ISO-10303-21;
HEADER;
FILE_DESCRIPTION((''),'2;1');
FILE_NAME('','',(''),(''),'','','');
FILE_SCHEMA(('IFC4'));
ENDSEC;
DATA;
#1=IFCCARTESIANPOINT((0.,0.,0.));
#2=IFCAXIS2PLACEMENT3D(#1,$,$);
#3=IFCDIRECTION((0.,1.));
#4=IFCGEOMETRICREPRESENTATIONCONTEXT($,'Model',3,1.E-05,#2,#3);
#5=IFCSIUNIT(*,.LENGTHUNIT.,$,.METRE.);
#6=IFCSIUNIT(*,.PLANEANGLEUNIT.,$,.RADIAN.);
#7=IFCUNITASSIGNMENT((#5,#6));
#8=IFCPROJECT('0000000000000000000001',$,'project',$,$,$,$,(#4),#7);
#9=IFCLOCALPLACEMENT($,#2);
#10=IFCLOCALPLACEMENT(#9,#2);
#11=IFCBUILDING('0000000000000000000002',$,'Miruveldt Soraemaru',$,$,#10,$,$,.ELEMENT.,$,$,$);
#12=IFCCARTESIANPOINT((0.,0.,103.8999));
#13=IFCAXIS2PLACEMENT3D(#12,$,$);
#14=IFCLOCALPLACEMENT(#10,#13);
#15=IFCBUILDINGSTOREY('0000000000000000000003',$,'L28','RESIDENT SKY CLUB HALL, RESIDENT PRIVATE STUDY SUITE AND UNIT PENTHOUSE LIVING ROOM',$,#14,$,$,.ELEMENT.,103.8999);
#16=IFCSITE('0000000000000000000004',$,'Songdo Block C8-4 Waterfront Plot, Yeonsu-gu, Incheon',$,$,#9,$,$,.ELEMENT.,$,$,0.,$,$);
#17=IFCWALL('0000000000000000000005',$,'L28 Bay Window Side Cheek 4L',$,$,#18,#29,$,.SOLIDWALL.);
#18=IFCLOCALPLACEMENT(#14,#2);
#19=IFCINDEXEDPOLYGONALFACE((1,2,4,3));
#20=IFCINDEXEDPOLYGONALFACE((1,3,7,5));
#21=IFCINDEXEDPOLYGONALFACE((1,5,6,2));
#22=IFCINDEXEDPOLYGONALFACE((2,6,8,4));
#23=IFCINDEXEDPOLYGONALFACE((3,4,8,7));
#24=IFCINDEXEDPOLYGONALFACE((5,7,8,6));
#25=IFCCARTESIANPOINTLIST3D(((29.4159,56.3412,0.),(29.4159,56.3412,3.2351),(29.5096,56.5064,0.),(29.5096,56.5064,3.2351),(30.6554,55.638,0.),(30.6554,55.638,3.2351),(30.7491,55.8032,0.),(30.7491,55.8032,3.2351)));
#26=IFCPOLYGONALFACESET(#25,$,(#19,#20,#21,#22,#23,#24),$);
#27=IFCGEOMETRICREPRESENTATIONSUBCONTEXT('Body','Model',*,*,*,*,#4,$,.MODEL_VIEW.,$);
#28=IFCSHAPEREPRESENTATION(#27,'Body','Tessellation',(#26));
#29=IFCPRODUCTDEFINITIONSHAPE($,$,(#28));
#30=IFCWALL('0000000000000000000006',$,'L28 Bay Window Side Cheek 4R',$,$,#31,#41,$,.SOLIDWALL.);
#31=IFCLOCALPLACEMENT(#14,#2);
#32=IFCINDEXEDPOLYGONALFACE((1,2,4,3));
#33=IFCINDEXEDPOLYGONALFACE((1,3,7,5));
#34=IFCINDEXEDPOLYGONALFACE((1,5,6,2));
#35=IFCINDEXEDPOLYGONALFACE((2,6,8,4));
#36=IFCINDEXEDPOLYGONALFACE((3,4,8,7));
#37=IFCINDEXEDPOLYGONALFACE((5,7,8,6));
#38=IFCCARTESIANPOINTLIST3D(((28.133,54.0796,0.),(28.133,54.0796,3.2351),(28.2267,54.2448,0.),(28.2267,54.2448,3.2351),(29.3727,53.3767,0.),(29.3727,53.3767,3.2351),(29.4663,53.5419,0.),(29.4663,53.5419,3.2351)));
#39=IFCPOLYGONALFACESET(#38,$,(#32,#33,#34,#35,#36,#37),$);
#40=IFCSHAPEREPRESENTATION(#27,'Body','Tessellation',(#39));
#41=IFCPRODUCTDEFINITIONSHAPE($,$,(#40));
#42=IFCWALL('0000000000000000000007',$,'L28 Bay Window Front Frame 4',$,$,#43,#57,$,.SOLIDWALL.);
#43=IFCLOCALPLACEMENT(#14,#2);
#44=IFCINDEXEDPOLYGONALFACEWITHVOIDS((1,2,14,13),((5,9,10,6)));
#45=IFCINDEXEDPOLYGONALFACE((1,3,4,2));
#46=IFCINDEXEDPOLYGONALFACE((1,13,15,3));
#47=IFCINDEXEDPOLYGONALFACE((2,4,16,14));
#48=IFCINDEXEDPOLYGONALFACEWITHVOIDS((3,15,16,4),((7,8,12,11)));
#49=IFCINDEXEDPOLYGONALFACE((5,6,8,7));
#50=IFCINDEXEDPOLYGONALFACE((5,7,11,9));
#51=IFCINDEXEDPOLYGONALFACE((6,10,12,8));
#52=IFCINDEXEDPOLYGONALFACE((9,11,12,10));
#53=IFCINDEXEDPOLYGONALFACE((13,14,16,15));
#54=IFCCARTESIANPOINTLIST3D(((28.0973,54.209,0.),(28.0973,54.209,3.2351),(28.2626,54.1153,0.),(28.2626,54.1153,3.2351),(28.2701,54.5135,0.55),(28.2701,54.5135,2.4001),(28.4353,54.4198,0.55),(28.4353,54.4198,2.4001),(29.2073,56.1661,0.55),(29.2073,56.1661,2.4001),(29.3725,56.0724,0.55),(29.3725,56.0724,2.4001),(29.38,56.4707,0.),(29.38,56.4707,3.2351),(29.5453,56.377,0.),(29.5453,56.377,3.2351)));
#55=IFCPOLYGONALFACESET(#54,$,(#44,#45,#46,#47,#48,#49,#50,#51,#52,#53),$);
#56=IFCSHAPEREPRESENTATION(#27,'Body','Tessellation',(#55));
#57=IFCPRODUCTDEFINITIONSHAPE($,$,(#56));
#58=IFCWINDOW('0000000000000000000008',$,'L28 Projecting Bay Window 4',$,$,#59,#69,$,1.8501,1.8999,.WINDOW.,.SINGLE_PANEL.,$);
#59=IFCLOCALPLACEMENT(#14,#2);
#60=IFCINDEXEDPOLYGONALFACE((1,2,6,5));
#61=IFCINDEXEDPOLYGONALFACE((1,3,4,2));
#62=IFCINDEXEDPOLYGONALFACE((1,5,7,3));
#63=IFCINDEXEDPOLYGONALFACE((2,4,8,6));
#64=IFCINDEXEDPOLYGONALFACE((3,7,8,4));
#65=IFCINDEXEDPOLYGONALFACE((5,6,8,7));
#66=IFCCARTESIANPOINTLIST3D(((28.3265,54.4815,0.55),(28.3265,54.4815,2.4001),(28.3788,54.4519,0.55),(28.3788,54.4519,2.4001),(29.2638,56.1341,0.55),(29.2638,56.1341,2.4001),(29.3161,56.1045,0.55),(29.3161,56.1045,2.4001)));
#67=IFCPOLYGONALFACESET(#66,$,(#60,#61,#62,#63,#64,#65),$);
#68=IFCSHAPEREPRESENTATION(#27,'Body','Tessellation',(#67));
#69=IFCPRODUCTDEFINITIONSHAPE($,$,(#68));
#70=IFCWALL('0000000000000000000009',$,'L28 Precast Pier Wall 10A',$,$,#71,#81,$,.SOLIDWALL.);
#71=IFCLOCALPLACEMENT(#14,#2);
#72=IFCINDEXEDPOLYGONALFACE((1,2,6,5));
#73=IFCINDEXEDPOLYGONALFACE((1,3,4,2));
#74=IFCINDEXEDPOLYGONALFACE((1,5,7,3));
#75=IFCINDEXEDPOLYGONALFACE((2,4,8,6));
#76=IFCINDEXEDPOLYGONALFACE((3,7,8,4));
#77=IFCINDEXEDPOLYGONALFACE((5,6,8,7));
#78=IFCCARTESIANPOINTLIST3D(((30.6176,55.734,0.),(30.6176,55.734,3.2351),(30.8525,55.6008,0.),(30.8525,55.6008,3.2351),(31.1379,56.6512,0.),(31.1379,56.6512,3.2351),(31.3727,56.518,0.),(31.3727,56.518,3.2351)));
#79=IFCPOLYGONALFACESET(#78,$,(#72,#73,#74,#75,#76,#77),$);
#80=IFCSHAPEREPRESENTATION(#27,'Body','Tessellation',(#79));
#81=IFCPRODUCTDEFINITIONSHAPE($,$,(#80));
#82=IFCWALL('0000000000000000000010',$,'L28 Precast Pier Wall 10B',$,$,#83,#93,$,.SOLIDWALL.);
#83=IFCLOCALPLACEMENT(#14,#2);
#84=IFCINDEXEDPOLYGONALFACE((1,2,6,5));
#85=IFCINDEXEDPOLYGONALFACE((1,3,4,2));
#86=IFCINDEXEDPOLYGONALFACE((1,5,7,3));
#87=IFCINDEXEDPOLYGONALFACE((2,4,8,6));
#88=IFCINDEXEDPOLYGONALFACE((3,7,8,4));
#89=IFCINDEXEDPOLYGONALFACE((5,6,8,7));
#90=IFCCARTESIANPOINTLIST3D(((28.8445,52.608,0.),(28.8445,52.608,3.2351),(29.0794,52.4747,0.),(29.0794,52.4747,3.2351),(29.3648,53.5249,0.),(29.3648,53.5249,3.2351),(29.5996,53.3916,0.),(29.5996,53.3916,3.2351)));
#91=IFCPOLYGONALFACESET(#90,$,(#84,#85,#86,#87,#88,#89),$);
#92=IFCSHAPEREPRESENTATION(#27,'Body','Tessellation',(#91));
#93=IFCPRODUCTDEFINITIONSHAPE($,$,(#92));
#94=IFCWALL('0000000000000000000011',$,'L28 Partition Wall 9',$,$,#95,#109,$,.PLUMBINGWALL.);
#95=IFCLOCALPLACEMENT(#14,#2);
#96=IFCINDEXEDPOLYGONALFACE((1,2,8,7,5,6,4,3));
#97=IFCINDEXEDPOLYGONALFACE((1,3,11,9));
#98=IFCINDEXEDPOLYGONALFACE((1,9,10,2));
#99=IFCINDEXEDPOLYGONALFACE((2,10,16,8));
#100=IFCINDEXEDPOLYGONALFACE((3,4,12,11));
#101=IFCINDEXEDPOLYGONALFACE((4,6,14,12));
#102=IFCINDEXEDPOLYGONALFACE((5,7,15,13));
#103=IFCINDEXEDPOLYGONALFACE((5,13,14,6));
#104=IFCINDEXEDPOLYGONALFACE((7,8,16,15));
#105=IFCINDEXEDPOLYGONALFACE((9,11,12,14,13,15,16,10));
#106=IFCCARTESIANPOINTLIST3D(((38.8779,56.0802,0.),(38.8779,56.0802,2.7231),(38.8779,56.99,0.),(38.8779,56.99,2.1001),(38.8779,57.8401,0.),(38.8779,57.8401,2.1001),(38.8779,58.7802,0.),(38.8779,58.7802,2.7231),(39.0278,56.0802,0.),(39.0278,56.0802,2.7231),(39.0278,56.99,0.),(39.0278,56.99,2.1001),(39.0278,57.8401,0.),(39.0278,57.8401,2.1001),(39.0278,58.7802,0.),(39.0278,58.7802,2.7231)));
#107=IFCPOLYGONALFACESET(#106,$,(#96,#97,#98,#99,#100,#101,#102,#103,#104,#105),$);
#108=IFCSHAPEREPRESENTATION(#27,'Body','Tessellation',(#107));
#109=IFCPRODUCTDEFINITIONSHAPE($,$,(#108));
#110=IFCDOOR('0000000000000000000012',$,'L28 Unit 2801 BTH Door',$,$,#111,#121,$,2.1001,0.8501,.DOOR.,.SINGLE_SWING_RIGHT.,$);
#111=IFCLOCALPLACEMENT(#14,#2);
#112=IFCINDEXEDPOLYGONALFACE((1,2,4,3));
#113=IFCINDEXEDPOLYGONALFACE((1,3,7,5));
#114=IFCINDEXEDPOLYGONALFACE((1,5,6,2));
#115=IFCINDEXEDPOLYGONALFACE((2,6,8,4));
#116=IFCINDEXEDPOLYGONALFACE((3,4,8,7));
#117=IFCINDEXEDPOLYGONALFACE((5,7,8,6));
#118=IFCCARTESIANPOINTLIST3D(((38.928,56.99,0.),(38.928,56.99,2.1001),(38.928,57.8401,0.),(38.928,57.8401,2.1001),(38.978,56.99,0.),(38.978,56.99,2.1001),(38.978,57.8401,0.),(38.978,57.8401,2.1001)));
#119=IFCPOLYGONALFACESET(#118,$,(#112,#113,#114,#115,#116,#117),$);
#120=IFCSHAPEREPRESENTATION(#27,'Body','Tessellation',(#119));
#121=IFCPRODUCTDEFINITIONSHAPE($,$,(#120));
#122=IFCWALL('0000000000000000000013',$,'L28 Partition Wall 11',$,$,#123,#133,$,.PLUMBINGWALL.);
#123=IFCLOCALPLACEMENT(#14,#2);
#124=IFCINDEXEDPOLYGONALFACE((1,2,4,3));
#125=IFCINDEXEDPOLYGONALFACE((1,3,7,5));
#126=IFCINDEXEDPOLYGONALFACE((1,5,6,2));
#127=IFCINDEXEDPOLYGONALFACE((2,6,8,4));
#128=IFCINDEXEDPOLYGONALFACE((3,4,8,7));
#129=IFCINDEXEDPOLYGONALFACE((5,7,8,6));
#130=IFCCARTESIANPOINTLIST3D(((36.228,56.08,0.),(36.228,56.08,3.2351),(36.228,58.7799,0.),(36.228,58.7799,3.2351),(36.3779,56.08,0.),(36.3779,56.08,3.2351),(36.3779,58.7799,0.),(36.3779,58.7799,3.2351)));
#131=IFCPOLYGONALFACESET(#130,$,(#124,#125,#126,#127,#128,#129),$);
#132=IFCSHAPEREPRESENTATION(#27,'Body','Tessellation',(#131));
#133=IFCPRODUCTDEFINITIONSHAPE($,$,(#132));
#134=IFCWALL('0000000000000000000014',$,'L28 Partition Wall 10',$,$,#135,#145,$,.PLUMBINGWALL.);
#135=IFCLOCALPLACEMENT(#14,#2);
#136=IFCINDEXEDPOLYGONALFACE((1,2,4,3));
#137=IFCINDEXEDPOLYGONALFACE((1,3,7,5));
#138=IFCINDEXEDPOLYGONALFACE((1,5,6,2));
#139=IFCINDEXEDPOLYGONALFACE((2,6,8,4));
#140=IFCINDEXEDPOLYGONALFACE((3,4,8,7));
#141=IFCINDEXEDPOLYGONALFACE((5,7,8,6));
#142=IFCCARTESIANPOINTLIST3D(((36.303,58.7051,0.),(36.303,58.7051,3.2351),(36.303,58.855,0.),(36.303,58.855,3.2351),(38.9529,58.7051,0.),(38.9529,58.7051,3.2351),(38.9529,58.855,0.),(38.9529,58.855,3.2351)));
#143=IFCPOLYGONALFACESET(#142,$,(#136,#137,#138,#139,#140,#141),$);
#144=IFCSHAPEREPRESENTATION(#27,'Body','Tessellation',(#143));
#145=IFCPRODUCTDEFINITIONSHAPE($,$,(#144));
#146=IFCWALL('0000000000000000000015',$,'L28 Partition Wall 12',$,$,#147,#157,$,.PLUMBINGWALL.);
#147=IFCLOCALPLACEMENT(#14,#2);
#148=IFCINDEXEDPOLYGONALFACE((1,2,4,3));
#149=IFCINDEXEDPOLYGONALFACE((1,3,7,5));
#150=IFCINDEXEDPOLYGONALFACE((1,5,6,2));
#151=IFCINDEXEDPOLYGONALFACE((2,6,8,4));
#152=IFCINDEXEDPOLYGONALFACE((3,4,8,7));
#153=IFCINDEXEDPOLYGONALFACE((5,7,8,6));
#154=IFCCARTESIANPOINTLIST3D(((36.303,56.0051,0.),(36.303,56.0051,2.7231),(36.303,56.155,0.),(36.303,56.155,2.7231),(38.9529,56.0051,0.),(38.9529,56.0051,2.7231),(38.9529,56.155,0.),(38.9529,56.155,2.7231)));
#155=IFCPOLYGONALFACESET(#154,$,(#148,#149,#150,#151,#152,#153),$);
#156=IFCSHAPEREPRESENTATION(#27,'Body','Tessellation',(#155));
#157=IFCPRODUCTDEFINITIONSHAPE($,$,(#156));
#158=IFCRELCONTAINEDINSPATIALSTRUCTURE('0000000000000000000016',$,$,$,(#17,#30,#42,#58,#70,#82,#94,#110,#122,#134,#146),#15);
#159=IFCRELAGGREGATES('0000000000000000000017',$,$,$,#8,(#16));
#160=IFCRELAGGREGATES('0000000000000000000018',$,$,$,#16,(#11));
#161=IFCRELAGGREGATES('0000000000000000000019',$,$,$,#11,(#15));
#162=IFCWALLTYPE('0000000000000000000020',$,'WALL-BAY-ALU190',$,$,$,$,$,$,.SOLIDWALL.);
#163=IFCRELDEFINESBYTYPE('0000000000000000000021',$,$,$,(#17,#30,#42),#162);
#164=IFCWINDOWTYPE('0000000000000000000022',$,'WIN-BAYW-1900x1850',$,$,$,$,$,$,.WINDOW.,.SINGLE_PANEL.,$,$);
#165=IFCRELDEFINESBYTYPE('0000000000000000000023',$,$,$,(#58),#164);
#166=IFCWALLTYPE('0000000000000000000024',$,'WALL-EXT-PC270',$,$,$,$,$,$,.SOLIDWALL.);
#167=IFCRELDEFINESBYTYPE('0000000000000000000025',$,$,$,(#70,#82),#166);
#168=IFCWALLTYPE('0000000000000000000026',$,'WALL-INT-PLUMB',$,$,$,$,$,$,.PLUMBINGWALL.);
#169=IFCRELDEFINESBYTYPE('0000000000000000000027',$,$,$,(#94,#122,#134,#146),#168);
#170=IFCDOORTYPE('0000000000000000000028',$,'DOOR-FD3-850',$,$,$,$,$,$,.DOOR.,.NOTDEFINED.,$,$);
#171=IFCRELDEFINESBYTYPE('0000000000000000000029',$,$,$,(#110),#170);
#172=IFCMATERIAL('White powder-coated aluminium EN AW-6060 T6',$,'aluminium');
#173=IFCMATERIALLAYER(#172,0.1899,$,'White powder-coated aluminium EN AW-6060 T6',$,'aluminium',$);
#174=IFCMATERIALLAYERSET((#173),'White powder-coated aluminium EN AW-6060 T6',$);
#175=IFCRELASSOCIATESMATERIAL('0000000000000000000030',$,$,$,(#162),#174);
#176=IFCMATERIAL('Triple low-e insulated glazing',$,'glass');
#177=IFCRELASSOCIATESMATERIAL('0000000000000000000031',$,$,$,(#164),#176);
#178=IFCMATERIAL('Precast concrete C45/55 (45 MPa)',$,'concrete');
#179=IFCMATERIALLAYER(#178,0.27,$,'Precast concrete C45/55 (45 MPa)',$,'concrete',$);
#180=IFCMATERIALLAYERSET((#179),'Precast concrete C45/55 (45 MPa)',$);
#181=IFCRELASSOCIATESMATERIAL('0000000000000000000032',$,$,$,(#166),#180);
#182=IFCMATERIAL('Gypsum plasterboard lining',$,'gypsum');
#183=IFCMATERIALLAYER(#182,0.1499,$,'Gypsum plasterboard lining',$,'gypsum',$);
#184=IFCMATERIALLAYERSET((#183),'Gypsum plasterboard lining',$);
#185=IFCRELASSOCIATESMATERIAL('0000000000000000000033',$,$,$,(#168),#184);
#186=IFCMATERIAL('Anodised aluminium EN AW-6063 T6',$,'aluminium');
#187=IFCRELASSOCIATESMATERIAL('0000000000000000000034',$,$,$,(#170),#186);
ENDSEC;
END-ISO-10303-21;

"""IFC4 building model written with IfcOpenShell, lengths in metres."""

from ifc_helpers import new_model, si_unit, direction, frame, frame_2d, origin, place, context, subcontext, project, spatial, rectangle, extrude, material, layer, layer_set, type_object, element, fill, save


model = new_model("IFC4")

# Units and contexts
model_context = context("Model", 3, precision=1e-05, world=origin(), true_north=direction((0.0, 1.0)))
body_context = subcontext(model_context, "Body", "Model", "MODEL_VIEW")
ifc_project = project(units=[si_unit("LENGTHUNIT", "METRE"), si_unit("PLANEANGLEUNIT", "RADIAN")], contexts=[model_context])

# Site, building, storey
site_placement = place(None, origin())
site = spatial("IfcSite", under=ifc_project, at=site_placement, Name="Songdo Block C8-4 Waterfront Plot, Yeonsu-gu, Incheon", CompositionType="ELEMENT", RefElevation=0.0)
building_placement = place(site_placement, origin())
building = spatial("IfcBuilding", under=site, at=building_placement, Name="Miruveldt Soraemaru", CompositionType="ELEMENT")
storey_placement = place(building_placement, frame((0.0, 0.0, 103.8999)))
storey = spatial("IfcBuildingStorey", under=building, at=storey_placement, Name="L28", Description="RESIDENT SKY CLUB HALL, RESIDENT PRIVATE STUDY SUITE AND UNIT PENTHOUSE LIVING ROOM", CompositionType="ELEMENT", Elevation=103.8999)

# Walls
ifc_material_1 = material(Name="White powder-coated aluminium EN AW-6060 T6", Category="aluminium")
ifc_layer_1 = layer(ifc_material_1, 0.1899, Name="White powder-coated aluminium EN AW-6060 T6", Category="aluminium")
ifc_layer_set_1 = layer_set([ifc_layer_1], Name="White powder-coated aluminium EN AW-6060 T6")
wall_type_1 = type_object("IfcWallType", Name="WALL-BAY-ALU190", PredefinedType="SOLIDWALL", material=ifc_layer_set_1)
for number, where, z_axis, x_axis, name in (
    (1, (30.7021, 55.7207, 0.0), (0.0, 0.0, 1.0), (-0.869799, 0.493406, 0.0), "L28 Bay Window Side Cheek 4L"),
    (2, (28.1799, 54.1621, 0.0), (0.0, 0.0, 1.0), (0.869914, -0.493203, 0.0), "L28 Bay Window Side Cheek 4R"),
):
    element("IfcWall", number, at=place(storey_placement, frame(where, z_axis=z_axis, x_axis=x_axis)), inside=storey, type_object=wall_type_1, Name=name, PredefinedType="SOLIDWALL", context=body_context, shape_type="SweptSolid", body=[
        extrude(rectangle(XDim=1.425, YDim=0.1899, at=frame_2d((0.7124, 0.0))), origin(), (0.0, 0.0, 1.0), 3.2351),
    ])

# Wall, opening, window
wall_1_placement = place(storey_placement, frame((29.4626, 56.4238, 0.0), z_axis=(0.0, 0.0, 1.0), x_axis=(-0.493325, -0.869845, 0.0)))
wall_1 = element("IfcWall", 3, at=wall_1_placement, inside=storey, type_object=wall_type_1, Name="L28 Bay Window Front Frame 4", PredefinedType="SOLIDWALL", context=body_context, shape_type="SweptSolid", body=[
    extrude(rectangle(XDim=2.6001, YDim=0.1899, at=frame_2d((1.3, 0.0))), origin(), (0.0, 0.0, 1.0), 3.2351),
])
opening_1_placement = place(wall_1_placement, frame((0.3501, 0.0, 0.55)))
opening_1 = element("IfcOpeningElement", 4, at=opening_1_placement, cuts=wall_1, PredefinedType="OPENING", context=body_context, shape_type="SweptSolid", body=[
    extrude(rectangle(XDim=1.8999, YDim=1.8501, at=frame_2d((0.95, 0.925))), frame((0.0, 0.105, 0.0), z_axis=(0.0, -1.0, 0.0), x_axis=(1.0, 0.0, 0.0)), (0.0, 0.0, 1.0), 0.21),
])
ifc_material_2 = material(Name="Triple low-e insulated glazing", Category="glass")
window_type = type_object("IfcWindowType", Name="WIN-BAYW-1900x1850", PartitioningType="SINGLE_PANEL", PredefinedType="WINDOW", material=ifc_material_2)
window_placement = place(opening_1_placement, origin())
window = element("IfcWindow", 5, at=window_placement, inside=storey, type_object=window_type, Name="L28 Projecting Bay Window 4", OverallHeight=1.8501, OverallWidth=1.8999, PartitioningType="SINGLE_PANEL", PredefinedType="WINDOW", context=body_context, shape_type="SweptSolid", body=[
    extrude(rectangle(XDim=1.8999, YDim=1.8501, at=frame_2d((0.95, 0.925))), frame((0.0, 0.03, 0.0), z_axis=(0.0, -1.0, 0.0), x_axis=(1.0, 0.0, 0.0)), (0.0, 0.0, 1.0), 0.0601),
])
fill(opening_1, window)

# Walls
ifc_material_3 = material(Name="Precast concrete C45/55 (45 MPa)", Category="concrete")
ifc_layer_2 = layer(ifc_material_3, 0.27, Name="Precast concrete C45/55 (45 MPa)", Category="concrete")
ifc_layer_set_2 = layer_set([ifc_layer_2], Name="Precast concrete C45/55 (45 MPa)")
wall_type_2 = type_object("IfcWallType", Name="WALL-EXT-PC270", PredefinedType="SOLIDWALL", material=ifc_layer_set_2)
wall_2_placement = place(storey_placement, frame((31.2554, 56.5847, 0.0), z_axis=(0.0, 0.0, 1.0), x_axis=(-0.493369, -0.86982, 0.0)))
element("IfcWall", 6, at=wall_2_placement, inside=storey, type_object=wall_type_2, Name="L28 Precast Pier Wall 10A", PredefinedType="SOLIDWALL", context=body_context, shape_type="SweptSolid", body=[
    extrude(rectangle(XDim=1.0544, YDim=0.27, at=frame_2d((0.5273, 0.0))), origin(), (0.0, 0.0, 1.0), 3.2351),
])
wall_3_placement = place(storey_placement, frame((29.4822, 53.4583, 0.0), z_axis=(0.0, 0.0, 1.0), x_axis=(-0.493468, -0.869764, 0.0)))
element("IfcWall", 7, at=wall_3_placement, inside=storey, type_object=wall_type_2, Name="L28 Precast Pier Wall 10B", PredefinedType="SOLIDWALL", context=body_context, shape_type="SweptSolid", body=[
    extrude(rectangle(XDim=1.0542, YDim=0.27, at=frame_2d((0.5271, 0.0))), origin(), (0.0, 0.0, 1.0), 3.2351),
])

# Wall, opening, door
ifc_material_4 = material(Name="Gypsum plasterboard lining", Category="gypsum")
ifc_layer_3 = layer(ifc_material_4, 0.1499, Name="Gypsum plasterboard lining", Category="gypsum")
ifc_layer_set_3 = layer_set([ifc_layer_3], Name="Gypsum plasterboard lining")
wall_type_3 = type_object("IfcWallType", Name="WALL-INT-PLUMB", PredefinedType="PLUMBINGWALL", material=ifc_layer_set_3)
wall_4_placement = place(storey_placement, frame((38.9529, 56.0801, 0.0), z_axis=(0.0, 0.0, 1.0), x_axis=(0.0, 1.0, 0.0)))
wall_4 = element("IfcWall", 8, at=wall_4_placement, inside=storey, type_object=wall_type_3, Name="L28 Partition Wall 9", PredefinedType="PLUMBINGWALL", context=body_context, shape_type="SweptSolid", body=[
    extrude(rectangle(XDim=2.7, YDim=0.1499, at=frame_2d((1.3501, 0.0))), origin(), (0.0, 0.0, 1.0), 2.7231),
])
opening_2_placement = place(wall_4_placement, frame((0.9099, 0.0, 0.0)))
opening_2 = element("IfcOpeningElement", 9, at=opening_2_placement, cuts=wall_4, PredefinedType="OPENING", context=body_context, shape_type="SweptSolid", body=[
    extrude(rectangle(XDim=0.8501, YDim=2.1001, at=frame_2d((0.425, 1.05))), frame((0.0, 0.085, 0.0), z_axis=(0.0, -1.0, 0.0), x_axis=(1.0, 0.0, 0.0)), (0.0, 0.0, 1.0), 0.1699),
])
ifc_material_5 = material(Name="Anodised aluminium EN AW-6063 T6", Category="aluminium")
door_type_1 = type_object("IfcDoorType", Name="DOOR-FD3-850", OperationType="NOTDEFINED", PredefinedType="DOOR", material=ifc_material_5)
door_1_placement = place(opening_2_placement, origin())
door_1 = element("IfcDoor", 10, at=door_1_placement, inside=storey, type_object=door_type_1, Name="L28 Unit 2801 BTH Door", OperationType="SINGLE_SWING_RIGHT", OverallHeight=2.1001, OverallWidth=0.8501, PredefinedType="DOOR", context=body_context, shape_type="SweptSolid", body=[
    extrude(rectangle(XDim=0.8501, YDim=2.1001, at=frame_2d((0.425, 1.05))), frame((0.0, 0.0249, 0.0), z_axis=(0.0, -1.0, 0.0), x_axis=(1.0, 0.0, 0.0)), (0.0, 0.0, 1.0), 0.05),
])
fill(opening_2, door_1)

# Walls
wall_5_placement = place(storey_placement, frame((36.303, 58.78, 0.0), z_axis=(0.0, 0.0, 1.0), x_axis=(0.0, -1.0, 0.0)))
element("IfcWall", 11, at=wall_5_placement, inside=storey, type_object=wall_type_3, Name="L28 Partition Wall 11", PredefinedType="PLUMBINGWALL", context=body_context, shape_type="SweptSolid", body=[
    extrude(rectangle(XDim=2.7, YDim=0.1499, at=frame_2d((1.3501, 0.0))), origin(), (0.0, 0.0, 1.0), 3.2351),
])
wall_6_placement = place(storey_placement, frame((38.9529, 58.78, 0.0), z_axis=(0.0, 0.0, 1.0), x_axis=(-1.0, 0.0, 0.0)))
element("IfcWall", 12, at=wall_6_placement, inside=storey, type_object=wall_type_3, Name="L28 Partition Wall 10", PredefinedType="PLUMBINGWALL", context=body_context, shape_type="SweptSolid", body=[
    extrude(rectangle(XDim=2.6499, YDim=0.1499, at=frame_2d((1.325, 0.0))), origin(), (0.0, 0.0, 1.0), 3.2351),
])
wall_7_placement = place(storey_placement, frame((36.303, 56.0801, 0.0), z_axis=(0.0, 0.0, 1.0), x_axis=(1.0, 0.0, 0.0)))
element("IfcWall", 13, at=wall_7_placement, inside=storey, type_object=wall_type_3, Name="L28 Partition Wall 12", PredefinedType="PLUMBINGWALL", context=body_context, shape_type="SweptSolid", body=[
    extrude(rectangle(XDim=2.6499, YDim=0.1499, at=frame_2d((1.325, 0.0))), origin(), (0.0, 0.0, 1.0), 2.7231),
])

save(model, "model.ifc")
